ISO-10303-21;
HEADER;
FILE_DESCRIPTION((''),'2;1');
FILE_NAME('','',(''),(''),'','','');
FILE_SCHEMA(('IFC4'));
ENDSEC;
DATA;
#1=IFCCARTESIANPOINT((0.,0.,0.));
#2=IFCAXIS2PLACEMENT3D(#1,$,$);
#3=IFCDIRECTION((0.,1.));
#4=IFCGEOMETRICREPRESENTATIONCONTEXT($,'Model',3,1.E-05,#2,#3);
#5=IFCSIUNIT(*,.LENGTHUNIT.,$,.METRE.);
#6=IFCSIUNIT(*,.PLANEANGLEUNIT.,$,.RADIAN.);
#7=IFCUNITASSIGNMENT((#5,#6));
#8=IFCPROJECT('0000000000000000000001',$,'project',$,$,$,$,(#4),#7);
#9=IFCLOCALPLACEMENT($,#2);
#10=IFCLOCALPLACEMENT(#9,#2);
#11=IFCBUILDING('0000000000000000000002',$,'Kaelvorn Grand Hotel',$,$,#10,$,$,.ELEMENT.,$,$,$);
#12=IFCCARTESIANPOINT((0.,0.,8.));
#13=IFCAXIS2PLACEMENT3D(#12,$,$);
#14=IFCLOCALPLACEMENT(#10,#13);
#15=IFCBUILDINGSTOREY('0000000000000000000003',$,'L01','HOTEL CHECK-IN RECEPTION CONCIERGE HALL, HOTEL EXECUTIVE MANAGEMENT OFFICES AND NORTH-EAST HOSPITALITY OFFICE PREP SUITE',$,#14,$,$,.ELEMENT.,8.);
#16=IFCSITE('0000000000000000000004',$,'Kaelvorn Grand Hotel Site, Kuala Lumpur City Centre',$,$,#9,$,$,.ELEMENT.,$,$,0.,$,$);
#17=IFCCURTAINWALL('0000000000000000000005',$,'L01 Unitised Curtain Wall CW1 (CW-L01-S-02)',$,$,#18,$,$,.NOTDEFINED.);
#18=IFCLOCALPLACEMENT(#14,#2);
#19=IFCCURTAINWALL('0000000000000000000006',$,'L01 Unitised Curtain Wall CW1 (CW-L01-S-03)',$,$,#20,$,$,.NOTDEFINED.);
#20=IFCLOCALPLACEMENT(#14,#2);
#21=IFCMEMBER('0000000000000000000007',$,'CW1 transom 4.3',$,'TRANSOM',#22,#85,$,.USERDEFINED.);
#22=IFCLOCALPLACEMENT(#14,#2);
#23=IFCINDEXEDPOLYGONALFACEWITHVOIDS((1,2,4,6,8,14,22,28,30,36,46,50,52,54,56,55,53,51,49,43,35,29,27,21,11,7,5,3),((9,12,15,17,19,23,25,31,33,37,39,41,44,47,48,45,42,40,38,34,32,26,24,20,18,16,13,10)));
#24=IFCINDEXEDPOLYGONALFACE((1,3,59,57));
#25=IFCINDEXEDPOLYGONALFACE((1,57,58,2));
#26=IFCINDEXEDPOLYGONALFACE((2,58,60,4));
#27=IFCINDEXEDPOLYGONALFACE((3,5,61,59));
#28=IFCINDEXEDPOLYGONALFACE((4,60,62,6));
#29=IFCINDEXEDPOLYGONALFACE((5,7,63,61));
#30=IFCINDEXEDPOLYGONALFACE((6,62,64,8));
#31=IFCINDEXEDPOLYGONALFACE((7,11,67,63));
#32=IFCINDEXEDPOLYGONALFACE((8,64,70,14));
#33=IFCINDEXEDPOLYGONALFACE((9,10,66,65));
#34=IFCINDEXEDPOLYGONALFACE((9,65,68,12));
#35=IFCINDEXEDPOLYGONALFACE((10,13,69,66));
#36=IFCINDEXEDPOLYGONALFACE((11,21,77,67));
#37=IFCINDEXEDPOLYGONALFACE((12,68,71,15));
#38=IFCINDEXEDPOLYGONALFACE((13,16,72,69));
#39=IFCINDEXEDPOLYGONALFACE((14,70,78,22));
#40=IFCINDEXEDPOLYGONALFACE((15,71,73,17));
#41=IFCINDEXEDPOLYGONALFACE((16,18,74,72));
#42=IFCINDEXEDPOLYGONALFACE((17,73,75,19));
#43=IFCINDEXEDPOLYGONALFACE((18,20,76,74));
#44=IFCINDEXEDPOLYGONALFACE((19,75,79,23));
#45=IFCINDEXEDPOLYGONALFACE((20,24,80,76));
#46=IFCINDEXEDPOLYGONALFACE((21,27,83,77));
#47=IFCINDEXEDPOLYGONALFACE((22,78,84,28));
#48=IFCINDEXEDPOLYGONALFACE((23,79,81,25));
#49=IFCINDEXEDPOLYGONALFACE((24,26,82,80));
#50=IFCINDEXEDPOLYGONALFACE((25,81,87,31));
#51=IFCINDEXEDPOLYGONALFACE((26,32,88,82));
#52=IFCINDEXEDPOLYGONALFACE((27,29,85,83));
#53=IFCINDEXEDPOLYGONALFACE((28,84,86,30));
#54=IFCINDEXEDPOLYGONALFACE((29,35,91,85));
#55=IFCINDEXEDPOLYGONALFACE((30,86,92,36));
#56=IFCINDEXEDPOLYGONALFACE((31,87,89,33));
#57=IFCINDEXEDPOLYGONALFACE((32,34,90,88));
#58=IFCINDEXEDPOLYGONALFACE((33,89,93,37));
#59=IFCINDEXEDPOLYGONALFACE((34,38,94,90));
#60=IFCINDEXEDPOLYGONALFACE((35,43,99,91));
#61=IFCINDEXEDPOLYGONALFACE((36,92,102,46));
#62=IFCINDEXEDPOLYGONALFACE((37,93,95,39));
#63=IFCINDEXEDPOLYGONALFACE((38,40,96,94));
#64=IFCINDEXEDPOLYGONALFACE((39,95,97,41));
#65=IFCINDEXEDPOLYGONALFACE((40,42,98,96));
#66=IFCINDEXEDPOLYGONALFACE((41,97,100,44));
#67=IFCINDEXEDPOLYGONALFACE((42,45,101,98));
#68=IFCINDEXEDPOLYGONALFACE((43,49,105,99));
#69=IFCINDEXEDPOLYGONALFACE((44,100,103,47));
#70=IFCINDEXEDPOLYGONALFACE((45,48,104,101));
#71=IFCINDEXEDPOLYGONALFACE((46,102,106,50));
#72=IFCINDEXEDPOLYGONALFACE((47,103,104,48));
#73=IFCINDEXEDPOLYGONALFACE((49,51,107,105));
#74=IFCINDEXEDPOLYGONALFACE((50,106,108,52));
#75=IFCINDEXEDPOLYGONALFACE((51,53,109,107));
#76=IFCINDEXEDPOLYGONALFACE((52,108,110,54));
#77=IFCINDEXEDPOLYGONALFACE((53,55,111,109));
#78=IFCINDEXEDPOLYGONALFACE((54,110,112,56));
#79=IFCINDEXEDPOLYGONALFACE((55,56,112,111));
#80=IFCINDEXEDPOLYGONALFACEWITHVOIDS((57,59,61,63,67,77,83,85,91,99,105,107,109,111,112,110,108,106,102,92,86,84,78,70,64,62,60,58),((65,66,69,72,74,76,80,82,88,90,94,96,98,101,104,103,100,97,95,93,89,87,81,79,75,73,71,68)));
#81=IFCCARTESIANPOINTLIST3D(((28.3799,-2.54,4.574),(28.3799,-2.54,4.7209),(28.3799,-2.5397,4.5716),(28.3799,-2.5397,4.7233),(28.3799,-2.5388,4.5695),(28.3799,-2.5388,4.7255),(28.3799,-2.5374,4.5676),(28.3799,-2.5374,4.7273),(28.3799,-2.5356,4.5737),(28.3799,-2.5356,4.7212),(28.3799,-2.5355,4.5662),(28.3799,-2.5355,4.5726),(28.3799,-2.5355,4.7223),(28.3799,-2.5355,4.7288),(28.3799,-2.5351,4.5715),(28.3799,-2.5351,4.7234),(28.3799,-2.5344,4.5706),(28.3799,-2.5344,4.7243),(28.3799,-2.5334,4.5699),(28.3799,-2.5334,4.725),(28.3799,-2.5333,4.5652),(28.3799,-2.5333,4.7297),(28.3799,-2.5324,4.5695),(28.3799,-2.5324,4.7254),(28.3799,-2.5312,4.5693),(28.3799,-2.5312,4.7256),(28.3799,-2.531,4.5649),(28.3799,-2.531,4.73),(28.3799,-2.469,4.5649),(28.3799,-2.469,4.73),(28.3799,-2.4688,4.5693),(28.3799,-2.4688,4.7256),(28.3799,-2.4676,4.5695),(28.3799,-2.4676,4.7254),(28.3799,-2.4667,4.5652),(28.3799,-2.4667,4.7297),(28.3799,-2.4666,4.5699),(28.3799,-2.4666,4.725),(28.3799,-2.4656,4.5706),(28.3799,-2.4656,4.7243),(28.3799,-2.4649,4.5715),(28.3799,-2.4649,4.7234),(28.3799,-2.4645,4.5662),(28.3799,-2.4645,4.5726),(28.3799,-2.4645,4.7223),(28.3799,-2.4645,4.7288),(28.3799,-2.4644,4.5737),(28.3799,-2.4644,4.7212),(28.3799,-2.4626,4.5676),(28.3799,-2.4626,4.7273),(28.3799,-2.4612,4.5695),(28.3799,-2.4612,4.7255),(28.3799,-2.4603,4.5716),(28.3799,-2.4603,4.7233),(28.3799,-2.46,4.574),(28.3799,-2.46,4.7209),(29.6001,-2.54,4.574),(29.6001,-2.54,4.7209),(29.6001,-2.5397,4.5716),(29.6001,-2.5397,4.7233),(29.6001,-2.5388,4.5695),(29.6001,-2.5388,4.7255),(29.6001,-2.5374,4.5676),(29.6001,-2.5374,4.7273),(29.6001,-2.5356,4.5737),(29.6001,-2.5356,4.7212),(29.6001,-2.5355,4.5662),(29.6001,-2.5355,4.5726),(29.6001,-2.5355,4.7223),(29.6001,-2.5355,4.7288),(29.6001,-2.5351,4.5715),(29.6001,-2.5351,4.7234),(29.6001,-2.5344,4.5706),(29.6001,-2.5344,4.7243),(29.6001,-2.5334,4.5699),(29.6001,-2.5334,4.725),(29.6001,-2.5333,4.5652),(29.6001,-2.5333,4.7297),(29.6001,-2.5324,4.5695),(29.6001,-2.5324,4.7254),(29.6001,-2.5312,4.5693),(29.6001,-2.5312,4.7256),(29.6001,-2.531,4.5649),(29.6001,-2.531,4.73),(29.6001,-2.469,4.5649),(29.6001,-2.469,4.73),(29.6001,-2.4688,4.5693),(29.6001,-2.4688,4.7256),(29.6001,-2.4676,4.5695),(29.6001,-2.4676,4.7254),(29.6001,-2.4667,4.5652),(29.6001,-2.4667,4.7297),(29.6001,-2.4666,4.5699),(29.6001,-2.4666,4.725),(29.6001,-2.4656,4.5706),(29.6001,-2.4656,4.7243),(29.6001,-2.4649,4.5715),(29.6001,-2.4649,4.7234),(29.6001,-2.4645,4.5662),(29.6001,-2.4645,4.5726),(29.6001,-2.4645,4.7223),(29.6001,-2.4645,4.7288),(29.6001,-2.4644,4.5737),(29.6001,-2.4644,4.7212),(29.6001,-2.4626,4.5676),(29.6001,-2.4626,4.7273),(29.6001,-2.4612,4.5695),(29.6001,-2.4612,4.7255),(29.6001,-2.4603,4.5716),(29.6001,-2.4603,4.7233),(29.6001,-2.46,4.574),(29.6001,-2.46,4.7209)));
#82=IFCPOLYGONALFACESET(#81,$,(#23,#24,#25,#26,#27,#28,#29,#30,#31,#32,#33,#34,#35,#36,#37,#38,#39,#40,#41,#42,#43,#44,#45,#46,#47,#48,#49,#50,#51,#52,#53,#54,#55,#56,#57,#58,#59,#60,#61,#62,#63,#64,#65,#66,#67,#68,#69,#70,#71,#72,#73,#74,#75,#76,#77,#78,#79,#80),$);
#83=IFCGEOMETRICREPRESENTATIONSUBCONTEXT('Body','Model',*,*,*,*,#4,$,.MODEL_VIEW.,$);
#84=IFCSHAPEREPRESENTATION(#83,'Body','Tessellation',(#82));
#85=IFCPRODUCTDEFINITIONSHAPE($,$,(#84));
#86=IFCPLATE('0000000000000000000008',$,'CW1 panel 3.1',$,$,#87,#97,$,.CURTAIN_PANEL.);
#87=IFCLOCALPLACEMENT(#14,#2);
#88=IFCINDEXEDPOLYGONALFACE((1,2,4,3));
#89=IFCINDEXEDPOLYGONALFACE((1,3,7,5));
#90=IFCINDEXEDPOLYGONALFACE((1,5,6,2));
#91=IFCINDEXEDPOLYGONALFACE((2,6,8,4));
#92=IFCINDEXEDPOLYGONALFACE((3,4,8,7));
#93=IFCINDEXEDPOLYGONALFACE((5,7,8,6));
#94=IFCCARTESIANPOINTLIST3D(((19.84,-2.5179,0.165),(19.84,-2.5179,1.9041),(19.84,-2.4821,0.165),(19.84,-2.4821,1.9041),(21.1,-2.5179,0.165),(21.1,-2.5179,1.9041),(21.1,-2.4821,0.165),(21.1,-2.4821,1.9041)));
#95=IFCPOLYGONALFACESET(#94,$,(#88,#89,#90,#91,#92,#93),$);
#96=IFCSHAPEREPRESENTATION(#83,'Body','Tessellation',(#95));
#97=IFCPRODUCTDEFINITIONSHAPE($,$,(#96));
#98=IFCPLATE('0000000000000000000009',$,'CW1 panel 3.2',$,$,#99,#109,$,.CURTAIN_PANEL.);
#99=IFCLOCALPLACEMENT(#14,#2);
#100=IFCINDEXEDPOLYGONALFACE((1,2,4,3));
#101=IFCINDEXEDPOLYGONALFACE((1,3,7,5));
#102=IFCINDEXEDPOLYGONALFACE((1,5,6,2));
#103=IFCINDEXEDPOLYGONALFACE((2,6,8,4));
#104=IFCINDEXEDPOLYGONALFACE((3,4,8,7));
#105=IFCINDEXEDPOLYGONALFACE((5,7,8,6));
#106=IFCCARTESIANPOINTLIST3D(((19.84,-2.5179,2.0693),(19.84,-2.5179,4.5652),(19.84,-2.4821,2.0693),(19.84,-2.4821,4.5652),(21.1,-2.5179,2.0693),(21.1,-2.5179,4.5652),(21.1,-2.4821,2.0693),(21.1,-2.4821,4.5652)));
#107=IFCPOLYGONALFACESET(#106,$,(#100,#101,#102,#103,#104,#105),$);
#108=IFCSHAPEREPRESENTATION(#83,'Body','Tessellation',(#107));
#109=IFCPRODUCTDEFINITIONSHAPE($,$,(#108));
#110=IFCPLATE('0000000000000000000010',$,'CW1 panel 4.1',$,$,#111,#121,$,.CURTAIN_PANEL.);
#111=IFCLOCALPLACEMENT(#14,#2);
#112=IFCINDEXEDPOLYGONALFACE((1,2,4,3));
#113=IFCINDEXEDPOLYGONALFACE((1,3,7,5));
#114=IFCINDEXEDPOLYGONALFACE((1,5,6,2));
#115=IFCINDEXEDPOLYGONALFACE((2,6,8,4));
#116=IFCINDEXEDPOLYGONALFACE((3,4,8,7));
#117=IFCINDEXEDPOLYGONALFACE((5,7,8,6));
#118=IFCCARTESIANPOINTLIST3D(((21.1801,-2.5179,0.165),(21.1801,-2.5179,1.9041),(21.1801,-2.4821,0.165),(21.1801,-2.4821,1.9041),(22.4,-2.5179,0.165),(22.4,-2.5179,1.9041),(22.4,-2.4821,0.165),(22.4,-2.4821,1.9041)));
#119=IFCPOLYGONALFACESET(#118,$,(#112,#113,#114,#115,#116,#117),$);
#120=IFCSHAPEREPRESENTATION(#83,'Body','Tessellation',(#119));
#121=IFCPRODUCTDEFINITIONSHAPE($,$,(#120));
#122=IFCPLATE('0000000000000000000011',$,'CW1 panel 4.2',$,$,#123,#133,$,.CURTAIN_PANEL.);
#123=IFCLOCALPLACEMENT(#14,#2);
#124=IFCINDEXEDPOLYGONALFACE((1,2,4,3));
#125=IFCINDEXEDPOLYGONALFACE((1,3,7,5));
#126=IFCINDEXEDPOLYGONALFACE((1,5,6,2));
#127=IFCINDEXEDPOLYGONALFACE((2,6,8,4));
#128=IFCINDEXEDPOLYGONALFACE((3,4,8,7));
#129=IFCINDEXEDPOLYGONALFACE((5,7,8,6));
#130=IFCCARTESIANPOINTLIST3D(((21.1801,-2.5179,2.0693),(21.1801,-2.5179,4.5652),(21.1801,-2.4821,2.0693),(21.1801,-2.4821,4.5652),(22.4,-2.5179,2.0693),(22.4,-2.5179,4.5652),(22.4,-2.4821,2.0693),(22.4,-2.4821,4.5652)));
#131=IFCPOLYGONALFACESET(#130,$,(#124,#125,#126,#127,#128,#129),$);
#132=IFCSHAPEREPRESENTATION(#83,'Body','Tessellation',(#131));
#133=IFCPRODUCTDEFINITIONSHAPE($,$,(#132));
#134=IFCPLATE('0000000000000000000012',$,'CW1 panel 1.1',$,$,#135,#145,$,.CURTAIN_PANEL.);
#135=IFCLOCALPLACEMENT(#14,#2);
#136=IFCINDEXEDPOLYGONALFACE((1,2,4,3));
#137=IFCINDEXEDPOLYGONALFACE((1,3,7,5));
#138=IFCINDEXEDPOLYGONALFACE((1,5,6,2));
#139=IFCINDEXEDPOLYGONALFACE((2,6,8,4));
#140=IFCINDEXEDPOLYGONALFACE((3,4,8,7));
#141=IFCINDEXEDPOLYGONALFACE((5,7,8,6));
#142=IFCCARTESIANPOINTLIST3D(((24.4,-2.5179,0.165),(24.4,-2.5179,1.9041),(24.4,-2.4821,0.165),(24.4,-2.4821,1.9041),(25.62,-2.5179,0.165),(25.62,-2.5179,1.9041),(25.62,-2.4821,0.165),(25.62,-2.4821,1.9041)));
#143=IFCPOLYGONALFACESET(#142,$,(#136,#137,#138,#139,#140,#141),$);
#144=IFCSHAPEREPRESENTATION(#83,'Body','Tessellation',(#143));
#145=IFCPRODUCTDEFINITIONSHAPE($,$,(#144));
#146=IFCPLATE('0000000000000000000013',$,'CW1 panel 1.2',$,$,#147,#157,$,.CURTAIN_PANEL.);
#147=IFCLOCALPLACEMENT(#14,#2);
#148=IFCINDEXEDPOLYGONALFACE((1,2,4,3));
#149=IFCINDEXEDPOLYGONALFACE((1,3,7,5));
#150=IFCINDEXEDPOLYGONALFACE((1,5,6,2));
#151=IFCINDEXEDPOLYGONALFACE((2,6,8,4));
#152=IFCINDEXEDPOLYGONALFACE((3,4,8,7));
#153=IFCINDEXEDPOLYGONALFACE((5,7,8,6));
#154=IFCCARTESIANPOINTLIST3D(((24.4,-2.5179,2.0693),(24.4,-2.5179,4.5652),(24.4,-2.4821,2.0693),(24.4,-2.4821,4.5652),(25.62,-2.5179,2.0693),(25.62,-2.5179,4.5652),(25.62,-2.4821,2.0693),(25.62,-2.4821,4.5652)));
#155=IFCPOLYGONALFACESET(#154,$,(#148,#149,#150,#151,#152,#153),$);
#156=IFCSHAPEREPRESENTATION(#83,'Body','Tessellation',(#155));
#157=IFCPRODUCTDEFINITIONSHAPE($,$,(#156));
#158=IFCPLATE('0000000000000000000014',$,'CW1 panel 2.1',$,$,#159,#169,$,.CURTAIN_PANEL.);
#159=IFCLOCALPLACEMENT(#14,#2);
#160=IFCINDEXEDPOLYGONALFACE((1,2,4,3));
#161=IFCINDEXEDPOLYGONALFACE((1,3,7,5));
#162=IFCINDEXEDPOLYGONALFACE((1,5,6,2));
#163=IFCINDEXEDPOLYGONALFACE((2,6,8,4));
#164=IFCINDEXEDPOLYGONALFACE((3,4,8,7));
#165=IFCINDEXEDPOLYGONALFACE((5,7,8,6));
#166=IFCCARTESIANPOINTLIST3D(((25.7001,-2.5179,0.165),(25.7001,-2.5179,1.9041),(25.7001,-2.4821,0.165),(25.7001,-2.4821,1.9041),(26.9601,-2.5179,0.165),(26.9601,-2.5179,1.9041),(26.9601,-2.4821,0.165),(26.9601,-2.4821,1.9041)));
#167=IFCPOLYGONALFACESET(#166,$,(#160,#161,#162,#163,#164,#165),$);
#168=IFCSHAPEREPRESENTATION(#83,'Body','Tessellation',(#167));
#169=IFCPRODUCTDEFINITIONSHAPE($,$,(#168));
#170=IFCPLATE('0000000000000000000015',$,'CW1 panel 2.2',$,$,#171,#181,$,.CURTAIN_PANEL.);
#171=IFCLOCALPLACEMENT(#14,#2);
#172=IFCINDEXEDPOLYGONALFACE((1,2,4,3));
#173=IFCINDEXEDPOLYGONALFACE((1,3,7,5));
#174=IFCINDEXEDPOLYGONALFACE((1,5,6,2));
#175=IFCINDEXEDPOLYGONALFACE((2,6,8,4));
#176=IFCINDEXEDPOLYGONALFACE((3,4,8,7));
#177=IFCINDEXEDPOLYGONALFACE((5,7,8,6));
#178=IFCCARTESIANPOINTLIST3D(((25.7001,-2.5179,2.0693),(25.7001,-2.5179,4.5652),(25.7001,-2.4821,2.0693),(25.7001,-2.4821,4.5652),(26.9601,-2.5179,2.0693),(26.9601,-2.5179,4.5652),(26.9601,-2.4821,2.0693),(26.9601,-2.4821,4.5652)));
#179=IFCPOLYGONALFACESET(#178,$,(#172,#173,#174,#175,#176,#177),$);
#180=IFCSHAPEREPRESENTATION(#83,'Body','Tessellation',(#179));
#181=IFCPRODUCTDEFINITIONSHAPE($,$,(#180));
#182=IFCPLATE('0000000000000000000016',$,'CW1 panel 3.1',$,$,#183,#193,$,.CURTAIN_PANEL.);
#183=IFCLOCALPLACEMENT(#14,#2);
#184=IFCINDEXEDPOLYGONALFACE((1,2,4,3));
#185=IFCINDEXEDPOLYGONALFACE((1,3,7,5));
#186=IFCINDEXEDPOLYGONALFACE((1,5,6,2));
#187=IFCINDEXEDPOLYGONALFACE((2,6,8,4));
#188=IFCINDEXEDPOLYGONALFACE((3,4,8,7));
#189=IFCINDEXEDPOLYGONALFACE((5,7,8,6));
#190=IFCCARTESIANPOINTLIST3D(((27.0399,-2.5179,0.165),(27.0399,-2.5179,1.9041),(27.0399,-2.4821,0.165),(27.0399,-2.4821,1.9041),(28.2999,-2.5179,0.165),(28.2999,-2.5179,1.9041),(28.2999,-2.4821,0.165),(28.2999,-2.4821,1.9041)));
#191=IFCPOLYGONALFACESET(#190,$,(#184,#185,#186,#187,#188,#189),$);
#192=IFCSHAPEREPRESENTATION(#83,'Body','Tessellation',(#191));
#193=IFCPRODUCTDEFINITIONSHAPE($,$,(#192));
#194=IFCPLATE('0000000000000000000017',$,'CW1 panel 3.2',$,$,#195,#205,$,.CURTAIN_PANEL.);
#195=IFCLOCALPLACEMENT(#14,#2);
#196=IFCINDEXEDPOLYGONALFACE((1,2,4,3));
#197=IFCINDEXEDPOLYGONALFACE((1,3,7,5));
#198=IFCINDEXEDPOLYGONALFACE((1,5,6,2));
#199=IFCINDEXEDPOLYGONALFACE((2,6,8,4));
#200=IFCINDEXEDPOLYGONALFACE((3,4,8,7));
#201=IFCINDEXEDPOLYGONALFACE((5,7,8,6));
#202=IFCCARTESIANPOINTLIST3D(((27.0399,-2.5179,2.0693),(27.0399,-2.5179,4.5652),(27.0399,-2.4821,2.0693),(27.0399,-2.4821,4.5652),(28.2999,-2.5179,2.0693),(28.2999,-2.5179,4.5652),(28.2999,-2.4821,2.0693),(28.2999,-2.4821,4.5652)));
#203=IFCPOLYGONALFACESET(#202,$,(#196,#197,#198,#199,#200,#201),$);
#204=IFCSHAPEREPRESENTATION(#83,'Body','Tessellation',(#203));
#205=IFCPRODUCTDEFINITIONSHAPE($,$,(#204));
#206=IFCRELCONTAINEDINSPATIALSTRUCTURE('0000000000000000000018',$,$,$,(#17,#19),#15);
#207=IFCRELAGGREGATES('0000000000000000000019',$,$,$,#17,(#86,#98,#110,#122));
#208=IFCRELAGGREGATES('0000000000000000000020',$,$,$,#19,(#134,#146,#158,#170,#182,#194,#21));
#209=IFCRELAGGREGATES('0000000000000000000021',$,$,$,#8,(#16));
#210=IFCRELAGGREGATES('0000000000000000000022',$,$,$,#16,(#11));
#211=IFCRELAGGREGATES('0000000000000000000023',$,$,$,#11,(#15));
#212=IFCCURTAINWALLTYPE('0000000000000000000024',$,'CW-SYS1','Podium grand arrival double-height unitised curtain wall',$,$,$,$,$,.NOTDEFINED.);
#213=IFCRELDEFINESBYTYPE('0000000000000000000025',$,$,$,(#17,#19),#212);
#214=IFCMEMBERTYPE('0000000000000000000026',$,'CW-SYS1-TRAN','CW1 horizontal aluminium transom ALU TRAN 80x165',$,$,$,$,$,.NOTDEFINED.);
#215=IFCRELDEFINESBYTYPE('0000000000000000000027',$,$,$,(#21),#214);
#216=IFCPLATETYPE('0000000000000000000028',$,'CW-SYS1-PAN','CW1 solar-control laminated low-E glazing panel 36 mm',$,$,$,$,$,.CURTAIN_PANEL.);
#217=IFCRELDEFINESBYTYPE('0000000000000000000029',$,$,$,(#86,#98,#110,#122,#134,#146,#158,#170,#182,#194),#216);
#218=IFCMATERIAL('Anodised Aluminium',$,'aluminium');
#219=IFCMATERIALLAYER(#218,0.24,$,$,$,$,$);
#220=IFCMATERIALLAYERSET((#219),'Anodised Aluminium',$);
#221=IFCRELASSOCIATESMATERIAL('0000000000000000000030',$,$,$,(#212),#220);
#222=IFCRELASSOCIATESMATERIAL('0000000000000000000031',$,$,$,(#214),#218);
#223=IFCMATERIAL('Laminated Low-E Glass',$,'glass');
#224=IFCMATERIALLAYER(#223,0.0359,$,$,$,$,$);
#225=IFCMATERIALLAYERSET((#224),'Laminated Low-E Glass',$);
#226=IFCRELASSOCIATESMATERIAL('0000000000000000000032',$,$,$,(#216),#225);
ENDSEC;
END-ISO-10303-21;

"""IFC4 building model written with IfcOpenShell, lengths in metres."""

from ifc_helpers import new_model, si_unit, direction, frame, origin, origin_2d, place, context, subcontext, project, spatial, rectangle, hollow_rectangle, extrude, material, layer, layer_set, material_profile, profile_set, type_object, element, aggregate, save


model = new_model("IFC4")

# Units and contexts
model_context = context("Model", 3, precision=1e-05, world=origin(), true_north=direction((0.0, 1.0)))
body_context = subcontext(model_context, "Body", "Model", "MODEL_VIEW")
ifc_project = project(units=[si_unit("LENGTHUNIT", "METRE"), si_unit("PLANEANGLEUNIT", "RADIAN")], contexts=[model_context])

# Site, building, storey
site_placement = place(None, origin())
site = spatial("IfcSite", under=ifc_project, at=site_placement, Name="Kaelvorn Grand Hotel Site, Kuala Lumpur City Centre", CompositionType="ELEMENT", RefElevation=0.0)
building_placement = place(site_placement, origin())
building = spatial("IfcBuilding", under=site, at=building_placement, Name="Kaelvorn Grand Hotel", CompositionType="ELEMENT")
storey_placement = place(building_placement, frame((0.0, 0.0, 8.0)))
storey = spatial("IfcBuildingStorey", under=building, at=storey_placement, Name="L01", Description="HOTEL CHECK-IN RECEPTION CONCIERGE HALL, HOTEL EXECUTIVE MANAGEMENT OFFICES AND NORTH-EAST HOSPITALITY OFFICE PREP SUITE", CompositionType="ELEMENT", Elevation=8.0)

# Curtain walls
ifc_material_1 = material(Name="Anodised Aluminium", Category="aluminium")
ifc_layer_1 = layer(ifc_material_1, 0.24)
ifc_layer_set_1 = layer_set([ifc_layer_1], Name="Anodised Aluminium")
curtain_wall_type = type_object("IfcCurtainWallType", Name="CW-SYS1", Description="Podium grand arrival double-height unitised curtain wall", PredefinedType="NOTDEFINED", material=ifc_layer_set_1)
curtain_wall_1_placement = place(storey_placement, origin())
curtain_wall_1 = element("IfcCurtainWall", 1, at=curtain_wall_1_placement, inside=storey, type_object=curtain_wall_type, Name="L01 Unitised Curtain Wall CW1 (CW-L01-S-02)", PredefinedType="NOTDEFINED")
curtain_wall_2_placement = place(storey_placement, origin())
curtain_wall_2 = element("IfcCurtainWall", 2, at=curtain_wall_2_placement, inside=storey, type_object=curtain_wall_type, Name="L01 Unitised Curtain Wall CW1 (CW-L01-S-03)", PredefinedType="NOTDEFINED")

# Member
ifc_material_profile_1 = material_profile(ifc_material_1, hollow_rectangle(XDim=0.0801, YDim=0.165, WallThickness=0.0044, InnerFilletRadius=0.0044, OuterFilletRadius=0.009, at=origin_2d()), Name="ALU TRAN 80x165")
ifc_profile_set_1 = profile_set([ifc_material_profile_1], Name="Anodised Aluminium")
member_type_1 = type_object("IfcMemberType", Name="CW-SYS1-TRAN", Description="CW1 horizontal aluminium transom ALU TRAN 80x165", PredefinedType="NOTDEFINED", material=ifc_profile_set_1)
member_1_placement = place(storey_placement, frame((28.3799, -2.5, 4.6475), z_axis=(1.0, 0.0, 0.0), x_axis=(0.0, 1.0, 0.0)))
member_1 = element("IfcMember", 3, at=member_1_placement, type_object=member_type_1, Name="CW1 transom 4.3", ObjectType="TRANSOM", PredefinedType="USERDEFINED", context=body_context, shape_type="SweptSolid", body=[
    extrude(hollow_rectangle(XDim=0.0801, YDim=0.165, WallThickness=0.0044, InnerFilletRadius=0.0044, OuterFilletRadius=0.009, at=origin_2d()), origin(), (0.0, 0.0, 1.0), 1.2202),
])

# Plates
ifc_material_2 = material(Name="Laminated Low-E Glass", Category="glass")
ifc_layer_2 = layer(ifc_material_2, 0.0359)
ifc_layer_set_2 = layer_set([ifc_layer_2], Name="Laminated Low-E Glass")
plate_type = type_object("IfcPlateType", Name="CW-SYS1-PAN", Description="CW1 solar-control laminated low-E glazing panel 36 mm", PredefinedType="CURTAIN_PANEL", material=ifc_layer_set_2)
plate_1_placement = place(storey_placement, frame((20.47, -2.5, 0.165), z_axis=(0.0, 0.0, 1.0), x_axis=(1.0, 0.0, 0.0)))
plate_1 = element("IfcPlate", 4, at=plate_1_placement, type_object=plate_type, Name="CW1 panel 3.1", PredefinedType="CURTAIN_PANEL", context=body_context, shape_type="SweptSolid", body=[
    extrude(rectangle(XDim=1.26, YDim=0.0359, at=origin_2d()), origin(), (0.0, 0.0, 1.0), 1.739),
])
plate_2_placement = place(storey_placement, frame((20.47, -2.5, 2.0693), z_axis=(0.0, 0.0, 1.0), x_axis=(1.0, 0.0, 0.0)))
plate_2 = element("IfcPlate", 5, at=plate_2_placement, type_object=plate_type, Name="CW1 panel 3.2", PredefinedType="CURTAIN_PANEL", context=body_context, shape_type="SweptSolid", body=[
    extrude(rectangle(XDim=1.26, YDim=0.0359, at=origin_2d()), origin(), (0.0, 0.0, 1.0), 2.4958),
])
plate_3_placement = place(storey_placement, frame((21.79, -2.5, 0.165), z_axis=(0.0, 0.0, 1.0), x_axis=(1.0, 0.0, 0.0)))
plate_3 = element("IfcPlate", 6, at=plate_3_placement, type_object=plate_type, Name="CW1 panel 4.1", PredefinedType="CURTAIN_PANEL", context=body_context, shape_type="SweptSolid", body=[
    extrude(rectangle(XDim=1.22, YDim=0.0359, at=origin_2d()), origin(), (0.0, 0.0, 1.0), 1.739),
])
plate_4_placement = place(storey_placement, frame((21.79, -2.5, 2.0693), z_axis=(0.0, 0.0, 1.0), x_axis=(1.0, 0.0, 0.0)))
plate_4 = element("IfcPlate", 7, at=plate_4_placement, type_object=plate_type, Name="CW1 panel 4.2", PredefinedType="CURTAIN_PANEL", context=body_context, shape_type="SweptSolid", body=[
    extrude(rectangle(XDim=1.22, YDim=0.0359, at=origin_2d()), origin(), (0.0, 0.0, 1.0), 2.4958),
])
aggregate(curtain_wall_1, [plate_1, plate_2, plate_3, plate_4])
plate_5_placement = place(storey_placement, frame((25.01, -2.5, 0.165), z_axis=(0.0, 0.0, 1.0), x_axis=(1.0, 0.0, 0.0)))
plate_5 = element("IfcPlate", 8, at=plate_5_placement, type_object=plate_type, Name="CW1 panel 1.1", PredefinedType="CURTAIN_PANEL", context=body_context, shape_type="SweptSolid", body=[
    extrude(rectangle(XDim=1.22, YDim=0.0359, at=origin_2d()), origin(), (0.0, 0.0, 1.0), 1.739),
])
plate_6_placement = place(storey_placement, frame((25.01, -2.5, 2.0693), z_axis=(0.0, 0.0, 1.0), x_axis=(1.0, 0.0, 0.0)))
plate_6 = element("IfcPlate", 9, at=plate_6_placement, type_object=plate_type, Name="CW1 panel 1.2", PredefinedType="CURTAIN_PANEL", context=body_context, shape_type="SweptSolid", body=[
    extrude(rectangle(XDim=1.22, YDim=0.0359, at=origin_2d()), origin(), (0.0, 0.0, 1.0), 2.4958),
])
plate_7_placement = place(storey_placement, frame((26.3301, -2.5, 0.165), z_axis=(0.0, 0.0, 1.0), x_axis=(1.0, 0.0, 0.0)))
plate_7 = element("IfcPlate", 10, at=plate_7_placement, type_object=plate_type, Name="CW1 panel 2.1", PredefinedType="CURTAIN_PANEL", context=body_context, shape_type="SweptSolid", body=[
    extrude(rectangle(XDim=1.26, YDim=0.0359, at=origin_2d()), origin(), (0.0, 0.0, 1.0), 1.739),
])
plate_8_placement = place(storey_placement, frame((26.3301, -2.5, 2.0693), z_axis=(0.0, 0.0, 1.0), x_axis=(1.0, 0.0, 0.0)))
plate_8 = element("IfcPlate", 11, at=plate_8_placement, type_object=plate_type, Name="CW1 panel 2.2", PredefinedType="CURTAIN_PANEL", context=body_context, shape_type="SweptSolid", body=[
    extrude(rectangle(XDim=1.26, YDim=0.0359, at=origin_2d()), origin(), (0.0, 0.0, 1.0), 2.4958),
])
plate_9_placement = place(storey_placement, frame((27.6699, -2.5, 0.165), z_axis=(0.0, 0.0, 1.0), x_axis=(1.0, 0.0, 0.0)))
plate_9 = element("IfcPlate", 12, at=plate_9_placement, type_object=plate_type, Name="CW1 panel 3.1", PredefinedType="CURTAIN_PANEL", context=body_context, shape_type="SweptSolid", body=[
    extrude(rectangle(XDim=1.26, YDim=0.0359, at=origin_2d()), origin(), (0.0, 0.0, 1.0), 1.739),
])
plate_10_placement = place(storey_placement, frame((27.6699, -2.5, 2.0693), z_axis=(0.0, 0.0, 1.0), x_axis=(1.0, 0.0, 0.0)))
plate_10 = element("IfcPlate", 13, at=plate_10_placement, type_object=plate_type, Name="CW1 panel 3.2", PredefinedType="CURTAIN_PANEL", context=body_context, shape_type="SweptSolid", body=[
    extrude(rectangle(XDim=1.26, YDim=0.0359, at=origin_2d()), origin(), (0.0, 0.0, 1.0), 2.4958),
])
aggregate(curtain_wall_2, [plate_5, plate_6, plate_7, plate_8, plate_9, plate_10, member_1])

save(model, "model.ifc")
